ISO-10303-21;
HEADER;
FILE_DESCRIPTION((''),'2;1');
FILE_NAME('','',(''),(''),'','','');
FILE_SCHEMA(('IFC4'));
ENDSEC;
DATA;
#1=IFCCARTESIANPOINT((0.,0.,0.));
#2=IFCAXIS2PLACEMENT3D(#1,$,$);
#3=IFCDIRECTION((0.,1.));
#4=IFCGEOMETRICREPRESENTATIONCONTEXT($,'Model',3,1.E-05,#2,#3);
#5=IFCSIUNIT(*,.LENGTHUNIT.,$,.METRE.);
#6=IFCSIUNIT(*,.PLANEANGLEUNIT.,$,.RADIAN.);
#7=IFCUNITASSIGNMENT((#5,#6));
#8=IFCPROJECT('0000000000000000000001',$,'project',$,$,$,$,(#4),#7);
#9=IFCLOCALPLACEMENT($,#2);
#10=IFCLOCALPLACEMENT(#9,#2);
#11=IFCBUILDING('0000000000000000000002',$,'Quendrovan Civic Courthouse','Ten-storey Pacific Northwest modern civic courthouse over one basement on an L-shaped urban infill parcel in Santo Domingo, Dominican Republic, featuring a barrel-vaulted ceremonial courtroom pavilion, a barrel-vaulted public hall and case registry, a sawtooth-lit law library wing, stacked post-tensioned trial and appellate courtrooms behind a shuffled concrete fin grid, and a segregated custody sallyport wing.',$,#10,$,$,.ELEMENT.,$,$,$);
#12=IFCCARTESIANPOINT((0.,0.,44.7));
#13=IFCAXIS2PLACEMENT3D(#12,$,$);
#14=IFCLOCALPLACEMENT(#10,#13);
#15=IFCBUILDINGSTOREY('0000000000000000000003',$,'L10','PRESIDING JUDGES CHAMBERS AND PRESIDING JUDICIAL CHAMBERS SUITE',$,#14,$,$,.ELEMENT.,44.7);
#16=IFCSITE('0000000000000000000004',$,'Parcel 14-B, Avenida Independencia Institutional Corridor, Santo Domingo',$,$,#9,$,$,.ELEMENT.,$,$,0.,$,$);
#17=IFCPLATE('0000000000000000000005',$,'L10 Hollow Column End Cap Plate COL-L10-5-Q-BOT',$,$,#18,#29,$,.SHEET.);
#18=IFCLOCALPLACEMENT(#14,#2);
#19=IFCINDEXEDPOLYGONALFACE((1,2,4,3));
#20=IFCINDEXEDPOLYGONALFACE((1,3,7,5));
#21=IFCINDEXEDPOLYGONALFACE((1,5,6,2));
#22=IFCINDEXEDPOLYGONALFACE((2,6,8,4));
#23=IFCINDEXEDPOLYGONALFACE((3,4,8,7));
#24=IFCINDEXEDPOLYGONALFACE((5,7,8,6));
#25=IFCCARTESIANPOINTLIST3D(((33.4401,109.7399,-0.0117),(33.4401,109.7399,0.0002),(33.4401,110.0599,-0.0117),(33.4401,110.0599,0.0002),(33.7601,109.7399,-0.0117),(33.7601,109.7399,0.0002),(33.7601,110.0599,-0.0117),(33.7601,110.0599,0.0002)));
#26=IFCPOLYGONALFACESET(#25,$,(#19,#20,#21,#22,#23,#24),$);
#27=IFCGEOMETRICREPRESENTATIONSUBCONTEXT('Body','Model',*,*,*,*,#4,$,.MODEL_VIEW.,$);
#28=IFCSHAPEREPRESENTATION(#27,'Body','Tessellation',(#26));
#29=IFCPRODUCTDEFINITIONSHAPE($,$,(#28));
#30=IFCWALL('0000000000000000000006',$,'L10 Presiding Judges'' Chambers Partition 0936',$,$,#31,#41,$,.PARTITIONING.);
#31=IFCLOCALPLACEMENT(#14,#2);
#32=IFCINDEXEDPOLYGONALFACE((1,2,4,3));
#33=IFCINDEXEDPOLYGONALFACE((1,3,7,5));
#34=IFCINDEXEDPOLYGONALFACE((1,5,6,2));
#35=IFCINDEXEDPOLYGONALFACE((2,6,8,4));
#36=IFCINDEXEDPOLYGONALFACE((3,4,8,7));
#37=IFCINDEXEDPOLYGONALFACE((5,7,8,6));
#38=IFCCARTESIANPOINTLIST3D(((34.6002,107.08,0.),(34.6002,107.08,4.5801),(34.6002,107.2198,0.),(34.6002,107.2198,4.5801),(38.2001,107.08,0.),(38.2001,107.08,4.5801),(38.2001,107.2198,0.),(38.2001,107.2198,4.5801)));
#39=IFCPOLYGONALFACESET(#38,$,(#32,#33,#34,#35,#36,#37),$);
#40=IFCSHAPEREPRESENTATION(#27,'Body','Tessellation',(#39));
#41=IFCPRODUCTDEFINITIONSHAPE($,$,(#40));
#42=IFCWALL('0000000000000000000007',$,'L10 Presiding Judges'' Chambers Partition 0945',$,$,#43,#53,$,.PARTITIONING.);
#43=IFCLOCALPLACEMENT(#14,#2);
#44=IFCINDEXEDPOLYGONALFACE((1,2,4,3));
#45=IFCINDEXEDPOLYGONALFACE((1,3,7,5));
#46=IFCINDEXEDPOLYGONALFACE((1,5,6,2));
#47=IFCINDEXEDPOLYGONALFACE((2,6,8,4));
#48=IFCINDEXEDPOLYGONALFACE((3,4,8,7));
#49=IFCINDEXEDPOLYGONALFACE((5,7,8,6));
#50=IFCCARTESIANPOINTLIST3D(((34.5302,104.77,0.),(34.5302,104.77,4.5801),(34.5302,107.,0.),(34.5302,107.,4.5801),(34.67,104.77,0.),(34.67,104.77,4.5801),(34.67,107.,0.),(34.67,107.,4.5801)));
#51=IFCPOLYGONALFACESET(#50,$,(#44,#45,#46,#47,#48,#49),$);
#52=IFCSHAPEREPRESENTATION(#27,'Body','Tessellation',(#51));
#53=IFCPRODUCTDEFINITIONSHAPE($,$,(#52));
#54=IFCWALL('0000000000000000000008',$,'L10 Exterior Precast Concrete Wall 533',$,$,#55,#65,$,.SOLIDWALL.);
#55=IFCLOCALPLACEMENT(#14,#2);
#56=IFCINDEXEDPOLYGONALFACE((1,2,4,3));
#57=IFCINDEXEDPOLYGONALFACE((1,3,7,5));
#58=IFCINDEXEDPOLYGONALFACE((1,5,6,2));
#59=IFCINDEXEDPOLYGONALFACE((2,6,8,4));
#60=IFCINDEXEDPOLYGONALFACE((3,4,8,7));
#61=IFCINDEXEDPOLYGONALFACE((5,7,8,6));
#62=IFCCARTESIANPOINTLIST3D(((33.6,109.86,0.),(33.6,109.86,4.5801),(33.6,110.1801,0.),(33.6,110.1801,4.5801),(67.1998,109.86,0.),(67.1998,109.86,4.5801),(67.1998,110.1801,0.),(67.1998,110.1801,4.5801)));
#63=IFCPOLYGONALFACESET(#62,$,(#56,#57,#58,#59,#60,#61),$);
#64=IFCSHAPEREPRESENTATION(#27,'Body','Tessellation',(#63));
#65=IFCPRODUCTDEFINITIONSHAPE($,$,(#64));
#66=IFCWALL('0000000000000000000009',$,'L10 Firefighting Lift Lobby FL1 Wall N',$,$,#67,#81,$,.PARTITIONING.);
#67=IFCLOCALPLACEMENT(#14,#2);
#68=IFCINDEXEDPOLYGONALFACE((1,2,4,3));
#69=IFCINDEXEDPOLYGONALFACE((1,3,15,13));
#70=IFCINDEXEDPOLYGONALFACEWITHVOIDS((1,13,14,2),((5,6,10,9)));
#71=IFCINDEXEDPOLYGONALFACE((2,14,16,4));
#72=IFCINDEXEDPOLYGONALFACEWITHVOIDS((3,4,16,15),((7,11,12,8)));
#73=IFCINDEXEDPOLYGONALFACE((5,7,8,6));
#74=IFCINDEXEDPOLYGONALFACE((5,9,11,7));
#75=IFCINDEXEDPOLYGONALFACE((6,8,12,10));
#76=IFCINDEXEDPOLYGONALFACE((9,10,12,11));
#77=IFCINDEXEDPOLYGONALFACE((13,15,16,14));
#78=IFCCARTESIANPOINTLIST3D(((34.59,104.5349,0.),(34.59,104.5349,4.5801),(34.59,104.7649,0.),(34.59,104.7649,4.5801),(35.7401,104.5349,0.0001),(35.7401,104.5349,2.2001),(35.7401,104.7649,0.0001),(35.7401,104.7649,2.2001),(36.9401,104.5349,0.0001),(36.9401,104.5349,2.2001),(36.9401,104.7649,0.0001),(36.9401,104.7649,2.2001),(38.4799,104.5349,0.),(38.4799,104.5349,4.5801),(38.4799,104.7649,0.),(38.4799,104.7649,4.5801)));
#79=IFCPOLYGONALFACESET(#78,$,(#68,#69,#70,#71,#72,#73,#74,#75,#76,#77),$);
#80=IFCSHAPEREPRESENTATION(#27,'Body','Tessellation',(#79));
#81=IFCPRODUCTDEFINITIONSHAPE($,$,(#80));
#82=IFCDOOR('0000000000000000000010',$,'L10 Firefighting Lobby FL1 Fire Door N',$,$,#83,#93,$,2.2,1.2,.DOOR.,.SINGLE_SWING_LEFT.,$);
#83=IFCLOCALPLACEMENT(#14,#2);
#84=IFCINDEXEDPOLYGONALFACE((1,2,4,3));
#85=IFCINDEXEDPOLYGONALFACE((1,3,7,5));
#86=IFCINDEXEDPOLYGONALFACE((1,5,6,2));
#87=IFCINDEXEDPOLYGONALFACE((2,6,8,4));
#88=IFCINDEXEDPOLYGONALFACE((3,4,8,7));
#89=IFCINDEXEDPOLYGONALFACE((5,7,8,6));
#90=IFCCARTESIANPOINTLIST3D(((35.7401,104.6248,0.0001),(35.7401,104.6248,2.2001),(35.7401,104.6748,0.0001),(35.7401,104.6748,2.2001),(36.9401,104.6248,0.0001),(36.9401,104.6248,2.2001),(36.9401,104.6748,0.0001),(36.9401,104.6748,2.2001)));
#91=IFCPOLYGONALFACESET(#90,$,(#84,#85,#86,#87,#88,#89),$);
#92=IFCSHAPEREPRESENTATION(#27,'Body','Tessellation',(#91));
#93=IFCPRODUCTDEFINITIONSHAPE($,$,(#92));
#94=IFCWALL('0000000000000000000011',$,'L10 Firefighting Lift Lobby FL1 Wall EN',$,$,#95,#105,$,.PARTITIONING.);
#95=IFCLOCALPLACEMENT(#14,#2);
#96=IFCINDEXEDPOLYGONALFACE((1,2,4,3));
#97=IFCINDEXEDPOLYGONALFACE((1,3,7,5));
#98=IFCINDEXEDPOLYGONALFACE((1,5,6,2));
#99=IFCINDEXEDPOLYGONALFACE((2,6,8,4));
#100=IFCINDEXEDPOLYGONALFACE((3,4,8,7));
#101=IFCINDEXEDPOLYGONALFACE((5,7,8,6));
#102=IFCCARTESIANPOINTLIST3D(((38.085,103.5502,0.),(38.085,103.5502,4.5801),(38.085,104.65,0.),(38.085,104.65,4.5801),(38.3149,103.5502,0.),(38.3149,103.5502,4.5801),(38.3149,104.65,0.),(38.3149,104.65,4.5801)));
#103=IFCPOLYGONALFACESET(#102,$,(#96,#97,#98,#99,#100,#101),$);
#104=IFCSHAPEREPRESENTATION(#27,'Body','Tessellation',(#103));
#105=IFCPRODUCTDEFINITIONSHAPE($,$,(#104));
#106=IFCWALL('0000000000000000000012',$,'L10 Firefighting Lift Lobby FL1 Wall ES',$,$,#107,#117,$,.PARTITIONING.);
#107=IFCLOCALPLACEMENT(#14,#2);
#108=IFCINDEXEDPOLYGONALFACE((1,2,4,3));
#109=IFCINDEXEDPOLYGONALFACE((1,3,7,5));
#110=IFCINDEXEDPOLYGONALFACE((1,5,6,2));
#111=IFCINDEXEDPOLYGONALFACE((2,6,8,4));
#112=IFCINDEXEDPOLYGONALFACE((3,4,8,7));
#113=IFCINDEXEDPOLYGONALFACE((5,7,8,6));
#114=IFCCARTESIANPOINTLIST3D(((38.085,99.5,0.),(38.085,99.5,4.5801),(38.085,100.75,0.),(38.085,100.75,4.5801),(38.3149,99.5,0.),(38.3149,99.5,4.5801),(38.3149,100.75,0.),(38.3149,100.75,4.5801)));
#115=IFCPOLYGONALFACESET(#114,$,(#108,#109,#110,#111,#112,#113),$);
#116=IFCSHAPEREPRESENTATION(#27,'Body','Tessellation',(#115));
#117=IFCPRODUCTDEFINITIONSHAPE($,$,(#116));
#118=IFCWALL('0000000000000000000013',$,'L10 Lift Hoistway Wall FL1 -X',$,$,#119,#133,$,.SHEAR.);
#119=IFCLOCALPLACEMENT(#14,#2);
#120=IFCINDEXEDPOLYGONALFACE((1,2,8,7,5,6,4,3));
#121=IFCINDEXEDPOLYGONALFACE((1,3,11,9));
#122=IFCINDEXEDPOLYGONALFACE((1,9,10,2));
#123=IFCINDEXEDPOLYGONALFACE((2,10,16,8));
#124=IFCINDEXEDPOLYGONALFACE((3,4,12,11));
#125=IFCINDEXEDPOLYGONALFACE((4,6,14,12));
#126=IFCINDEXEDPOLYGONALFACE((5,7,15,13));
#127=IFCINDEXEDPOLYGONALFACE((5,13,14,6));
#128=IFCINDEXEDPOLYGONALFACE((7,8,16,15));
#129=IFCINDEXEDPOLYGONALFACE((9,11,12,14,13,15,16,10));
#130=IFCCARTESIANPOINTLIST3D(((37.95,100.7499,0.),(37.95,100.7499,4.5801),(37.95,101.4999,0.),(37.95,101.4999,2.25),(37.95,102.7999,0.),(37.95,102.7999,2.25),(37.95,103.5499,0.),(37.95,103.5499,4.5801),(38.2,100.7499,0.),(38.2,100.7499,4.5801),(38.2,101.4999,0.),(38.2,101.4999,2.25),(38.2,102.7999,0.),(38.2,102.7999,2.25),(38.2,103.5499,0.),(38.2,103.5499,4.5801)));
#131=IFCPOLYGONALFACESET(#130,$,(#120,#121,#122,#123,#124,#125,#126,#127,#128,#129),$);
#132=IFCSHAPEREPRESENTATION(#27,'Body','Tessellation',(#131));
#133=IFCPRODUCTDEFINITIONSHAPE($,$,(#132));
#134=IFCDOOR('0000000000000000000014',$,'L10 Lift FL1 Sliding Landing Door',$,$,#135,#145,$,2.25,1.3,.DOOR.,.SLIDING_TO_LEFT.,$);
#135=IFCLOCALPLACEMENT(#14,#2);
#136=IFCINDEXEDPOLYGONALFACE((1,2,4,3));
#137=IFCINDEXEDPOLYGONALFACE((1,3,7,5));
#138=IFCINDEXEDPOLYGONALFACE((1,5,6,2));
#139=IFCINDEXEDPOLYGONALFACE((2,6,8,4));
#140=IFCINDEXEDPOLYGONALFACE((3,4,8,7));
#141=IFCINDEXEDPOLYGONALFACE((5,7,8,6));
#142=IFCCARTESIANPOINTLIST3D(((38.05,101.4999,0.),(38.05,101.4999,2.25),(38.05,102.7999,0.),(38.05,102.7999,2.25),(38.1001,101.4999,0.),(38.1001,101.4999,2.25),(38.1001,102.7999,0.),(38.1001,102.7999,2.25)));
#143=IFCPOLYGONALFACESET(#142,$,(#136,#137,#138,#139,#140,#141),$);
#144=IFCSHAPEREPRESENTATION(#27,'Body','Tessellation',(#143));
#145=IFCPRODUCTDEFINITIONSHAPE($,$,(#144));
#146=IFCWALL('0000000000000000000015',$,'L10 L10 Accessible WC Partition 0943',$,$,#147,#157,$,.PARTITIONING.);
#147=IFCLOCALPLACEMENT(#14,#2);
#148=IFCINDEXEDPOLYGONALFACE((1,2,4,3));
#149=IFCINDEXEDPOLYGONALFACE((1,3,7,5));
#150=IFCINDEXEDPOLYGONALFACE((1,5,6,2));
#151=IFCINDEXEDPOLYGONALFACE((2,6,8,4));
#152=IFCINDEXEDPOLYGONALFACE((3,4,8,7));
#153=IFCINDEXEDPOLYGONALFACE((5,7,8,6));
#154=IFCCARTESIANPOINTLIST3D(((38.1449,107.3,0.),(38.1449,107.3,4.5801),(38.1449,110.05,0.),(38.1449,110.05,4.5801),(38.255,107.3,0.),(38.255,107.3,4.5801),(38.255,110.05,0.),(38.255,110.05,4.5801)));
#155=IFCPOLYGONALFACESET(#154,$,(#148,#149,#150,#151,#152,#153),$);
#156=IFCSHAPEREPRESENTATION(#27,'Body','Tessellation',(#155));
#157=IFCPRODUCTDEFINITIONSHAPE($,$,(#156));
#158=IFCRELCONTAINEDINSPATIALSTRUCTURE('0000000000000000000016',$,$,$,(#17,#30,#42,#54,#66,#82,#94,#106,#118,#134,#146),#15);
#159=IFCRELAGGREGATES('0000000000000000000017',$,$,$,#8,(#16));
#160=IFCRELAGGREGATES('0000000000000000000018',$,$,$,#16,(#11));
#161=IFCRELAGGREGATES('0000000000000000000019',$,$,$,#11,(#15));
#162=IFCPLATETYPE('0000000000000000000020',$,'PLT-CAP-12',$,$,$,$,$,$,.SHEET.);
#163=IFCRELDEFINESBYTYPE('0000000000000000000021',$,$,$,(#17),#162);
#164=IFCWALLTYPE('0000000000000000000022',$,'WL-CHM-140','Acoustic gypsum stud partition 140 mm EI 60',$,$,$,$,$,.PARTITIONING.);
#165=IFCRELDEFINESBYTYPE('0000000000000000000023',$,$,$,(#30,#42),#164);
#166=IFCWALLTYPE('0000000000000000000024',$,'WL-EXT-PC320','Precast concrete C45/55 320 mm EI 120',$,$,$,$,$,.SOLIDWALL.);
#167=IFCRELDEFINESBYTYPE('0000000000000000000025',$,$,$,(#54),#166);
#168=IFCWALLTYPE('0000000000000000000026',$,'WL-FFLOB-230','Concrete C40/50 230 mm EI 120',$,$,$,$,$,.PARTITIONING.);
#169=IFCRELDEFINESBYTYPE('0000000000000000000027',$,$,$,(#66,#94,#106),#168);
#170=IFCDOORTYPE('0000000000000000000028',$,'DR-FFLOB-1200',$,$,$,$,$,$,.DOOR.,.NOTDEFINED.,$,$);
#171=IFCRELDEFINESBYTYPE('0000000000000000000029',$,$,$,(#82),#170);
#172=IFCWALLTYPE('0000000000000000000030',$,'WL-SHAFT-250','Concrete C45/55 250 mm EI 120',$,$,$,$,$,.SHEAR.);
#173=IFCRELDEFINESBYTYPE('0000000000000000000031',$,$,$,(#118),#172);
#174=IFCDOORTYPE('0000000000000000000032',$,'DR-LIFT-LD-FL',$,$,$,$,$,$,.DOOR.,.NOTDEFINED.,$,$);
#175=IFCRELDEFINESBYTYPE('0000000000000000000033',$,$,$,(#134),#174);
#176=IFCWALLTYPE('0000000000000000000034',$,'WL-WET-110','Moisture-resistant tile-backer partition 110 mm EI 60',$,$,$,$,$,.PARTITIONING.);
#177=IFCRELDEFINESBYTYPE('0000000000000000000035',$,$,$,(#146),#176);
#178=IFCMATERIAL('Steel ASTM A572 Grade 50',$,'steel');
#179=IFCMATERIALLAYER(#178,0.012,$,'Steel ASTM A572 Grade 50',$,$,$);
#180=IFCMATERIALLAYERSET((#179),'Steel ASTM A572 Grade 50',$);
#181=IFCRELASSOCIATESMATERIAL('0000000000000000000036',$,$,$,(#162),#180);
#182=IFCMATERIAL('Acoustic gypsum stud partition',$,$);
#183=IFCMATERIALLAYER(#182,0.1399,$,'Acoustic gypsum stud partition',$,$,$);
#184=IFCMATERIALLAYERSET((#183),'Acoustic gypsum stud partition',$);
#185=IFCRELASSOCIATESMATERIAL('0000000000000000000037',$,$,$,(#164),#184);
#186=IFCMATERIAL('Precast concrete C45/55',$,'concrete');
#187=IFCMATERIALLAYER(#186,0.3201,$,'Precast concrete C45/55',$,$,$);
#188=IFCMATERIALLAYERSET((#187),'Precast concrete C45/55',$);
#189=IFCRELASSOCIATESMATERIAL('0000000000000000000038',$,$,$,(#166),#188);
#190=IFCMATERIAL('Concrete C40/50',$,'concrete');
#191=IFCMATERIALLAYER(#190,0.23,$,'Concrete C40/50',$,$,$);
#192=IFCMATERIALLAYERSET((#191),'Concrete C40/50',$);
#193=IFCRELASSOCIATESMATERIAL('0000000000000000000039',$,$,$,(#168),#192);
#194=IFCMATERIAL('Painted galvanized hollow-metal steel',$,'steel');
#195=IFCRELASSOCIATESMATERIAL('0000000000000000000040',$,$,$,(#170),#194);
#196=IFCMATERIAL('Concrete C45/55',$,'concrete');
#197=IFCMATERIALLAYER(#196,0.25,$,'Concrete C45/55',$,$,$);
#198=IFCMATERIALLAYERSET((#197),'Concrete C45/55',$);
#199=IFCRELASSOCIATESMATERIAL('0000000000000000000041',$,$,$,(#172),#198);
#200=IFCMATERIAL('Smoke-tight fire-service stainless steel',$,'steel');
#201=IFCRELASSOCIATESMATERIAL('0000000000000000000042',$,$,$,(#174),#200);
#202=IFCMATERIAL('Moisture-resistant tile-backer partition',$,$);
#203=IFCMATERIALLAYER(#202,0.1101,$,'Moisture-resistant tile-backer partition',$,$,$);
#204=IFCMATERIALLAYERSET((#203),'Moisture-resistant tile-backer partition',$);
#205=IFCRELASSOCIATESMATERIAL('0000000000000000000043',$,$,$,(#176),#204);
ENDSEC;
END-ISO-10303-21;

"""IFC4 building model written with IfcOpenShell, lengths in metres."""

from ifc_helpers import new_model, si_unit, direction, frame, frame_2d, origin, origin_2d, place, context, subcontext, project, spatial, rectangle, extrude, material, layer, layer_set, type_object, element, fill, save


model = new_model("IFC4")

# Units and contexts
model_context = context("Model", 3, precision=1e-05, world=origin(), true_north=direction((0.0, 1.0)))
body_context = subcontext(model_context, "Body", "Model", "MODEL_VIEW")
ifc_project = project(units=[si_unit("LENGTHUNIT", "METRE"), si_unit("PLANEANGLEUNIT", "RADIAN")], contexts=[model_context])

# Site, building, storey
site_placement = place(None, origin())
site = spatial("IfcSite", under=ifc_project, at=site_placement, Name="Parcel 14-B, Avenida Independencia Institutional Corridor, Santo Domingo", CompositionType="ELEMENT", RefElevation=0.0)
building_placement = place(site_placement, origin())
building = spatial("IfcBuilding", under=site, at=building_placement, Name="Quendrovan Civic Courthouse", Description="Ten-storey Pacific Northwest modern civic courthouse over one basement on an L-shaped urban infill parcel in Santo Domingo, Dominican Republic, featuring a barrel-vaulted ceremonial courtroom pavilion, a barrel-vaulted public hall and case registry, a sawtooth-lit law library wing, stacked post-tensioned trial and appellate courtrooms behind a shuffled concrete fin grid, and a segregated custody sallyport wing.", CompositionType="ELEMENT")
storey_placement = place(building_placement, frame((0.0, 0.0, 44.7)))
storey = spatial("IfcBuildingStorey", under=building, at=storey_placement, Name="L10", Description="PRESIDING JUDGES CHAMBERS AND PRESIDING JUDICIAL CHAMBERS SUITE", CompositionType="ELEMENT", Elevation=44.7)

# Shared definitions
ifc_material_1 = material(Name="Concrete C45/55", Category="concrete")

# Shared definitions
ifc_material_2 = material(Name="Concrete C40/50", Category="concrete")

# Shared definitions
ifc_material_3 = material(Name="Precast concrete C45/55", Category="concrete")

# Plate
ifc_material_4 = material(Name="Steel ASTM A572 Grade 50", Category="steel")
ifc_layer_1 = layer(ifc_material_4, 0.012, Name="Steel ASTM A572 Grade 50")
ifc_layer_set_1 = layer_set([ifc_layer_1], Name="Steel ASTM A572 Grade 50")
plate_type = type_object("IfcPlateType", Name="PLT-CAP-12", PredefinedType="SHEET", material=ifc_layer_set_1)
for number, where, z_axis, x_axis, name in (
    (1, (33.6001, 109.8999, -0.0117), (0.0, 0.0, 1.0), (1.0, 0.0, 0.0), "L10 Hollow Column End Cap Plate COL-L10-5-Q-BOT"),
):
    element("IfcPlate", number, at=place(storey_placement, frame(where, z_axis=z_axis, x_axis=x_axis)), inside=storey, type_object=plate_type, Name=name, PredefinedType="SHEET", context=body_context, shape_type="SweptSolid", body=[
        extrude(rectangle(XDim=0.3201, YDim=0.3201, at=origin_2d()), origin(), (0.0, 0.0, 1.0), 0.012),
    ])

# Walls
ifc_material_5 = material(Name="Acoustic gypsum stud partition")
ifc_layer_2 = layer(ifc_material_5, 0.1399, Name="Acoustic gypsum stud partition")
ifc_layer_set_2 = layer_set([ifc_layer_2], Name="Acoustic gypsum stud partition")
wall_type_1 = type_object("IfcWallType", Name="WL-CHM-140", Description="Acoustic gypsum stud partition 140 mm EI 60", PredefinedType="PARTITIONING", material=ifc_layer_set_2)
wall_1_placement = place(storey_placement, frame((38.2, 107.1499, 0.0), z_axis=(0.0, 0.0, 1.0), x_axis=(-1.0, 0.0, 0.0)))
element("IfcWall", 2, at=wall_1_placement, inside=storey, type_object=wall_type_1, Name="L10 Presiding Judges' Chambers Partition 0936", PredefinedType="PARTITIONING", context=body_context, shape_type="SweptSolid", body=[
    extrude(rectangle(XDim=3.5999, YDim=0.1399, at=frame_2d((1.7998, 0.0))), origin(), (0.0, 0.0, 1.0), 4.5801),
])
wall_2_placement = place(storey_placement, frame((34.6001, 107.0, 0.0), z_axis=(0.0, 0.0, 1.0), x_axis=(0.0, -1.0, 0.0)))
element("IfcWall", 3, at=wall_2_placement, inside=storey, type_object=wall_type_1, Name="L10 Presiding Judges' Chambers Partition 0945", PredefinedType="PARTITIONING", context=body_context, shape_type="SweptSolid", body=[
    extrude(rectangle(XDim=2.23, YDim=0.1399, at=frame_2d((1.115, 0.0))), origin(), (0.0, 0.0, 1.0), 4.5801),
])
ifc_layer_3 = layer(ifc_material_3, 0.3201, Name="Precast concrete C45/55")
ifc_layer_set_3 = layer_set([ifc_layer_3], Name="Precast concrete C45/55")
wall_type_2 = type_object("IfcWallType", Name="WL-EXT-PC320", Description="Precast concrete C45/55 320 mm EI 120", PredefinedType="SOLIDWALL", material=ifc_layer_set_3)
wall_3_placement = place(storey_placement, frame((33.6001, 110.02, 0.0), z_axis=(0.0, 0.0, 1.0), x_axis=(1.0, 0.0, 0.0)))
element("IfcWall", 4, at=wall_3_placement, inside=storey, type_object=wall_type_2, Name="L10 Exterior Precast Concrete Wall 533", PredefinedType="SOLIDWALL", context=body_context, shape_type="SweptSolid", body=[
    extrude(rectangle(XDim=33.5999, YDim=0.3201, at=frame_2d((16.7998, 0.0))), origin(), (0.0, 0.0, 1.0), 4.5801),
])

# Wall, opening, door
ifc_layer_4 = layer(ifc_material_2, 0.23, Name="Concrete C40/50")
ifc_layer_set_4 = layer_set([ifc_layer_4], Name="Concrete C40/50")
wall_type_3 = type_object("IfcWallType", Name="WL-FFLOB-230", Description="Concrete C40/50 230 mm EI 120", PredefinedType="PARTITIONING", material=ifc_layer_set_4)
wall_4_placement = place(storey_placement, frame((34.5901, 104.6499, 0.0), z_axis=(0.0, 0.0, 1.0), x_axis=(1.0, 0.0, 0.0)))
wall_4 = element("IfcWall", 5, at=wall_4_placement, inside=storey, type_object=wall_type_3, Name="L10 Firefighting Lift Lobby FL1 Wall N", PredefinedType="PARTITIONING", context=body_context, shape_type="SweptSolid", body=[
    extrude(rectangle(XDim=3.8899, YDim=0.23, at=frame_2d((1.9448, 0.0))), origin(), (0.0, 0.0, 1.0), 4.5801),
])
opening_1_placement = place(wall_4_placement, frame((1.1499, 0.0, 0.0)))
opening_1 = element("IfcOpeningElement", 6, at=opening_1_placement, cuts=wall_4, PredefinedType="OPENING", context=body_context, shape_type="SweptSolid", body=[
    extrude(rectangle(XDim=1.2, YDim=2.2, at=frame_2d((0.6001, 1.1001))), frame((0.0, 0.125, 0.0), z_axis=(0.0, -1.0, 0.0), x_axis=(1.0, 0.0, 0.0)), (0.0, 0.0, 1.0), 0.25),
])
ifc_material_6 = material(Name="Painted galvanized hollow-metal steel", Category="steel")
door_type_1 = type_object("IfcDoorType", Name="DR-FFLOB-1200", OperationType="NOTDEFINED", PredefinedType="DOOR", material=ifc_material_6)
door_1_placement = place(opening_1_placement, origin())
door_1 = element("IfcDoor", 7, at=door_1_placement, inside=storey, type_object=door_type_1, Name="L10 Firefighting Lobby FL1 Fire Door N", OperationType="SINGLE_SWING_LEFT", OverallHeight=2.2, OverallWidth=1.2, PredefinedType="DOOR", context=body_context, shape_type="SweptSolid", body=[
    extrude(rectangle(XDim=1.2, YDim=2.2, at=frame_2d((0.6001, 1.1001))), frame((0.0, 0.0249, 0.0), z_axis=(0.0, -1.0, 0.0), x_axis=(1.0, 0.0, 0.0)), (0.0, 0.0, 1.0), 0.05),
])
fill(opening_1, door_1)

# Walls
wall_5_placement = place(storey_placement, frame((38.2, 104.6499, 0.0), z_axis=(0.0, 0.0, 1.0), x_axis=(0.0, -1.0, 0.0)))
element("IfcWall", 8, at=wall_5_placement, inside=storey, type_object=wall_type_3, Name="L10 Firefighting Lift Lobby FL1 Wall EN", PredefinedType="PARTITIONING", context=body_context, shape_type="SweptSolid", body=[
    extrude(rectangle(XDim=1.0999, YDim=0.23, at=frame_2d((0.5498, 0.0))), origin(), (0.0, 0.0, 1.0), 4.5801),
])
wall_6_placement = place(storey_placement, frame((38.2, 100.75, 0.0), z_axis=(0.0, 0.0, 1.0), x_axis=(0.0, -1.0, 0.0)))
element("IfcWall", 9, at=wall_6_placement, inside=storey, type_object=wall_type_3, Name="L10 Firefighting Lift Lobby FL1 Wall ES", PredefinedType="PARTITIONING", context=body_context, shape_type="SweptSolid", body=[
    extrude(rectangle(XDim=1.25, YDim=0.23, at=frame_2d((0.625, 0.0))), origin(), (0.0, 0.0, 1.0), 4.5801),
])

# Wall, opening, door
ifc_layer_5 = layer(ifc_material_1, 0.25, Name="Concrete C45/55")
ifc_layer_set_5 = layer_set([ifc_layer_5], Name="Concrete C45/55")
wall_type_4 = type_object("IfcWallType", Name="WL-SHAFT-250", Description="Concrete C45/55 250 mm EI 120", PredefinedType="SHEAR", material=ifc_layer_set_5)
wall_7_placement = place(storey_placement, frame((38.075, 100.75, 0.0), z_axis=(0.0, 0.0, 1.0), x_axis=(0.0, 1.0, 0.0)))
wall_7 = element("IfcWall", 10, at=wall_7_placement, inside=storey, type_object=wall_type_4, Name="L10 Lift Hoistway Wall FL1 -X", PredefinedType="SHEAR", context=body_context, shape_type="SweptSolid", body=[
    extrude(rectangle(XDim=2.8, YDim=0.25, at=frame_2d((1.3999, 0.0))), origin(), (0.0, 0.0, 1.0), 4.5801),
])
opening_2_placement = place(wall_7_placement, frame((0.75, 0.0, 0.0)))
opening_2 = element("IfcOpeningElement", 11, at=opening_2_placement, cuts=wall_7, PredefinedType="OPENING", context=body_context, shape_type="SweptSolid", body=[
    extrude(rectangle(XDim=1.3, YDim=2.25, at=frame_2d((0.6499, 1.125))), frame((0.0, 0.135, 0.0), z_axis=(0.0, -1.0, 0.0), x_axis=(1.0, 0.0, 0.0)), (0.0, 0.0, 1.0), 0.27),
])
ifc_material_7 = material(Name="Smoke-tight fire-service stainless steel", Category="steel")
door_type_2 = type_object("IfcDoorType", Name="DR-LIFT-LD-FL", OperationType="NOTDEFINED", PredefinedType="DOOR", material=ifc_material_7)
door_2_placement = place(opening_2_placement, origin())
door_2 = element("IfcDoor", 12, at=door_2_placement, inside=storey, type_object=door_type_2, Name="L10 Lift FL1 Sliding Landing Door", OperationType="SLIDING_TO_LEFT", OverallHeight=2.25, OverallWidth=1.3, PredefinedType="DOOR", context=body_context, shape_type="SweptSolid", body=[
    extrude(rectangle(XDim=1.3, YDim=2.25, at=frame_2d((0.6499, 1.125))), frame((0.0, 0.0249, 0.0), z_axis=(0.0, -1.0, 0.0), x_axis=(1.0, 0.0, 0.0)), (0.0, 0.0, 1.0), 0.05),
])
fill(opening_2, door_2)

# Wall
ifc_material_8 = material(Name="Moisture-resistant tile-backer partition")
ifc_layer_6 = layer(ifc_material_8, 0.1101, Name="Moisture-resistant tile-backer partition")
ifc_layer_set_6 = layer_set([ifc_layer_6], Name="Moisture-resistant tile-backer partition")
wall_type_5 = type_object("IfcWallType", Name="WL-WET-110", Description="Moisture-resistant tile-backer partition 110 mm EI 60", PredefinedType="PARTITIONING", material=ifc_layer_set_6)
wall_8_placement = place(storey_placement, frame((38.2, 107.3, 0.0), z_axis=(0.0, 0.0, 1.0), x_axis=(0.0, 1.0, 0.0)))
element("IfcWall", 13, at=wall_8_placement, inside=storey, type_object=wall_type_5, Name="L10 L10 Accessible WC Partition 0943", PredefinedType="PARTITIONING", context=body_context, shape_type="SweptSolid", body=[
    extrude(rectangle(XDim=2.75, YDim=0.1101, at=frame_2d((1.375, 0.0))), origin(), (0.0, 0.0, 1.0), 4.5801),
])

save(model, "model.ifc")
